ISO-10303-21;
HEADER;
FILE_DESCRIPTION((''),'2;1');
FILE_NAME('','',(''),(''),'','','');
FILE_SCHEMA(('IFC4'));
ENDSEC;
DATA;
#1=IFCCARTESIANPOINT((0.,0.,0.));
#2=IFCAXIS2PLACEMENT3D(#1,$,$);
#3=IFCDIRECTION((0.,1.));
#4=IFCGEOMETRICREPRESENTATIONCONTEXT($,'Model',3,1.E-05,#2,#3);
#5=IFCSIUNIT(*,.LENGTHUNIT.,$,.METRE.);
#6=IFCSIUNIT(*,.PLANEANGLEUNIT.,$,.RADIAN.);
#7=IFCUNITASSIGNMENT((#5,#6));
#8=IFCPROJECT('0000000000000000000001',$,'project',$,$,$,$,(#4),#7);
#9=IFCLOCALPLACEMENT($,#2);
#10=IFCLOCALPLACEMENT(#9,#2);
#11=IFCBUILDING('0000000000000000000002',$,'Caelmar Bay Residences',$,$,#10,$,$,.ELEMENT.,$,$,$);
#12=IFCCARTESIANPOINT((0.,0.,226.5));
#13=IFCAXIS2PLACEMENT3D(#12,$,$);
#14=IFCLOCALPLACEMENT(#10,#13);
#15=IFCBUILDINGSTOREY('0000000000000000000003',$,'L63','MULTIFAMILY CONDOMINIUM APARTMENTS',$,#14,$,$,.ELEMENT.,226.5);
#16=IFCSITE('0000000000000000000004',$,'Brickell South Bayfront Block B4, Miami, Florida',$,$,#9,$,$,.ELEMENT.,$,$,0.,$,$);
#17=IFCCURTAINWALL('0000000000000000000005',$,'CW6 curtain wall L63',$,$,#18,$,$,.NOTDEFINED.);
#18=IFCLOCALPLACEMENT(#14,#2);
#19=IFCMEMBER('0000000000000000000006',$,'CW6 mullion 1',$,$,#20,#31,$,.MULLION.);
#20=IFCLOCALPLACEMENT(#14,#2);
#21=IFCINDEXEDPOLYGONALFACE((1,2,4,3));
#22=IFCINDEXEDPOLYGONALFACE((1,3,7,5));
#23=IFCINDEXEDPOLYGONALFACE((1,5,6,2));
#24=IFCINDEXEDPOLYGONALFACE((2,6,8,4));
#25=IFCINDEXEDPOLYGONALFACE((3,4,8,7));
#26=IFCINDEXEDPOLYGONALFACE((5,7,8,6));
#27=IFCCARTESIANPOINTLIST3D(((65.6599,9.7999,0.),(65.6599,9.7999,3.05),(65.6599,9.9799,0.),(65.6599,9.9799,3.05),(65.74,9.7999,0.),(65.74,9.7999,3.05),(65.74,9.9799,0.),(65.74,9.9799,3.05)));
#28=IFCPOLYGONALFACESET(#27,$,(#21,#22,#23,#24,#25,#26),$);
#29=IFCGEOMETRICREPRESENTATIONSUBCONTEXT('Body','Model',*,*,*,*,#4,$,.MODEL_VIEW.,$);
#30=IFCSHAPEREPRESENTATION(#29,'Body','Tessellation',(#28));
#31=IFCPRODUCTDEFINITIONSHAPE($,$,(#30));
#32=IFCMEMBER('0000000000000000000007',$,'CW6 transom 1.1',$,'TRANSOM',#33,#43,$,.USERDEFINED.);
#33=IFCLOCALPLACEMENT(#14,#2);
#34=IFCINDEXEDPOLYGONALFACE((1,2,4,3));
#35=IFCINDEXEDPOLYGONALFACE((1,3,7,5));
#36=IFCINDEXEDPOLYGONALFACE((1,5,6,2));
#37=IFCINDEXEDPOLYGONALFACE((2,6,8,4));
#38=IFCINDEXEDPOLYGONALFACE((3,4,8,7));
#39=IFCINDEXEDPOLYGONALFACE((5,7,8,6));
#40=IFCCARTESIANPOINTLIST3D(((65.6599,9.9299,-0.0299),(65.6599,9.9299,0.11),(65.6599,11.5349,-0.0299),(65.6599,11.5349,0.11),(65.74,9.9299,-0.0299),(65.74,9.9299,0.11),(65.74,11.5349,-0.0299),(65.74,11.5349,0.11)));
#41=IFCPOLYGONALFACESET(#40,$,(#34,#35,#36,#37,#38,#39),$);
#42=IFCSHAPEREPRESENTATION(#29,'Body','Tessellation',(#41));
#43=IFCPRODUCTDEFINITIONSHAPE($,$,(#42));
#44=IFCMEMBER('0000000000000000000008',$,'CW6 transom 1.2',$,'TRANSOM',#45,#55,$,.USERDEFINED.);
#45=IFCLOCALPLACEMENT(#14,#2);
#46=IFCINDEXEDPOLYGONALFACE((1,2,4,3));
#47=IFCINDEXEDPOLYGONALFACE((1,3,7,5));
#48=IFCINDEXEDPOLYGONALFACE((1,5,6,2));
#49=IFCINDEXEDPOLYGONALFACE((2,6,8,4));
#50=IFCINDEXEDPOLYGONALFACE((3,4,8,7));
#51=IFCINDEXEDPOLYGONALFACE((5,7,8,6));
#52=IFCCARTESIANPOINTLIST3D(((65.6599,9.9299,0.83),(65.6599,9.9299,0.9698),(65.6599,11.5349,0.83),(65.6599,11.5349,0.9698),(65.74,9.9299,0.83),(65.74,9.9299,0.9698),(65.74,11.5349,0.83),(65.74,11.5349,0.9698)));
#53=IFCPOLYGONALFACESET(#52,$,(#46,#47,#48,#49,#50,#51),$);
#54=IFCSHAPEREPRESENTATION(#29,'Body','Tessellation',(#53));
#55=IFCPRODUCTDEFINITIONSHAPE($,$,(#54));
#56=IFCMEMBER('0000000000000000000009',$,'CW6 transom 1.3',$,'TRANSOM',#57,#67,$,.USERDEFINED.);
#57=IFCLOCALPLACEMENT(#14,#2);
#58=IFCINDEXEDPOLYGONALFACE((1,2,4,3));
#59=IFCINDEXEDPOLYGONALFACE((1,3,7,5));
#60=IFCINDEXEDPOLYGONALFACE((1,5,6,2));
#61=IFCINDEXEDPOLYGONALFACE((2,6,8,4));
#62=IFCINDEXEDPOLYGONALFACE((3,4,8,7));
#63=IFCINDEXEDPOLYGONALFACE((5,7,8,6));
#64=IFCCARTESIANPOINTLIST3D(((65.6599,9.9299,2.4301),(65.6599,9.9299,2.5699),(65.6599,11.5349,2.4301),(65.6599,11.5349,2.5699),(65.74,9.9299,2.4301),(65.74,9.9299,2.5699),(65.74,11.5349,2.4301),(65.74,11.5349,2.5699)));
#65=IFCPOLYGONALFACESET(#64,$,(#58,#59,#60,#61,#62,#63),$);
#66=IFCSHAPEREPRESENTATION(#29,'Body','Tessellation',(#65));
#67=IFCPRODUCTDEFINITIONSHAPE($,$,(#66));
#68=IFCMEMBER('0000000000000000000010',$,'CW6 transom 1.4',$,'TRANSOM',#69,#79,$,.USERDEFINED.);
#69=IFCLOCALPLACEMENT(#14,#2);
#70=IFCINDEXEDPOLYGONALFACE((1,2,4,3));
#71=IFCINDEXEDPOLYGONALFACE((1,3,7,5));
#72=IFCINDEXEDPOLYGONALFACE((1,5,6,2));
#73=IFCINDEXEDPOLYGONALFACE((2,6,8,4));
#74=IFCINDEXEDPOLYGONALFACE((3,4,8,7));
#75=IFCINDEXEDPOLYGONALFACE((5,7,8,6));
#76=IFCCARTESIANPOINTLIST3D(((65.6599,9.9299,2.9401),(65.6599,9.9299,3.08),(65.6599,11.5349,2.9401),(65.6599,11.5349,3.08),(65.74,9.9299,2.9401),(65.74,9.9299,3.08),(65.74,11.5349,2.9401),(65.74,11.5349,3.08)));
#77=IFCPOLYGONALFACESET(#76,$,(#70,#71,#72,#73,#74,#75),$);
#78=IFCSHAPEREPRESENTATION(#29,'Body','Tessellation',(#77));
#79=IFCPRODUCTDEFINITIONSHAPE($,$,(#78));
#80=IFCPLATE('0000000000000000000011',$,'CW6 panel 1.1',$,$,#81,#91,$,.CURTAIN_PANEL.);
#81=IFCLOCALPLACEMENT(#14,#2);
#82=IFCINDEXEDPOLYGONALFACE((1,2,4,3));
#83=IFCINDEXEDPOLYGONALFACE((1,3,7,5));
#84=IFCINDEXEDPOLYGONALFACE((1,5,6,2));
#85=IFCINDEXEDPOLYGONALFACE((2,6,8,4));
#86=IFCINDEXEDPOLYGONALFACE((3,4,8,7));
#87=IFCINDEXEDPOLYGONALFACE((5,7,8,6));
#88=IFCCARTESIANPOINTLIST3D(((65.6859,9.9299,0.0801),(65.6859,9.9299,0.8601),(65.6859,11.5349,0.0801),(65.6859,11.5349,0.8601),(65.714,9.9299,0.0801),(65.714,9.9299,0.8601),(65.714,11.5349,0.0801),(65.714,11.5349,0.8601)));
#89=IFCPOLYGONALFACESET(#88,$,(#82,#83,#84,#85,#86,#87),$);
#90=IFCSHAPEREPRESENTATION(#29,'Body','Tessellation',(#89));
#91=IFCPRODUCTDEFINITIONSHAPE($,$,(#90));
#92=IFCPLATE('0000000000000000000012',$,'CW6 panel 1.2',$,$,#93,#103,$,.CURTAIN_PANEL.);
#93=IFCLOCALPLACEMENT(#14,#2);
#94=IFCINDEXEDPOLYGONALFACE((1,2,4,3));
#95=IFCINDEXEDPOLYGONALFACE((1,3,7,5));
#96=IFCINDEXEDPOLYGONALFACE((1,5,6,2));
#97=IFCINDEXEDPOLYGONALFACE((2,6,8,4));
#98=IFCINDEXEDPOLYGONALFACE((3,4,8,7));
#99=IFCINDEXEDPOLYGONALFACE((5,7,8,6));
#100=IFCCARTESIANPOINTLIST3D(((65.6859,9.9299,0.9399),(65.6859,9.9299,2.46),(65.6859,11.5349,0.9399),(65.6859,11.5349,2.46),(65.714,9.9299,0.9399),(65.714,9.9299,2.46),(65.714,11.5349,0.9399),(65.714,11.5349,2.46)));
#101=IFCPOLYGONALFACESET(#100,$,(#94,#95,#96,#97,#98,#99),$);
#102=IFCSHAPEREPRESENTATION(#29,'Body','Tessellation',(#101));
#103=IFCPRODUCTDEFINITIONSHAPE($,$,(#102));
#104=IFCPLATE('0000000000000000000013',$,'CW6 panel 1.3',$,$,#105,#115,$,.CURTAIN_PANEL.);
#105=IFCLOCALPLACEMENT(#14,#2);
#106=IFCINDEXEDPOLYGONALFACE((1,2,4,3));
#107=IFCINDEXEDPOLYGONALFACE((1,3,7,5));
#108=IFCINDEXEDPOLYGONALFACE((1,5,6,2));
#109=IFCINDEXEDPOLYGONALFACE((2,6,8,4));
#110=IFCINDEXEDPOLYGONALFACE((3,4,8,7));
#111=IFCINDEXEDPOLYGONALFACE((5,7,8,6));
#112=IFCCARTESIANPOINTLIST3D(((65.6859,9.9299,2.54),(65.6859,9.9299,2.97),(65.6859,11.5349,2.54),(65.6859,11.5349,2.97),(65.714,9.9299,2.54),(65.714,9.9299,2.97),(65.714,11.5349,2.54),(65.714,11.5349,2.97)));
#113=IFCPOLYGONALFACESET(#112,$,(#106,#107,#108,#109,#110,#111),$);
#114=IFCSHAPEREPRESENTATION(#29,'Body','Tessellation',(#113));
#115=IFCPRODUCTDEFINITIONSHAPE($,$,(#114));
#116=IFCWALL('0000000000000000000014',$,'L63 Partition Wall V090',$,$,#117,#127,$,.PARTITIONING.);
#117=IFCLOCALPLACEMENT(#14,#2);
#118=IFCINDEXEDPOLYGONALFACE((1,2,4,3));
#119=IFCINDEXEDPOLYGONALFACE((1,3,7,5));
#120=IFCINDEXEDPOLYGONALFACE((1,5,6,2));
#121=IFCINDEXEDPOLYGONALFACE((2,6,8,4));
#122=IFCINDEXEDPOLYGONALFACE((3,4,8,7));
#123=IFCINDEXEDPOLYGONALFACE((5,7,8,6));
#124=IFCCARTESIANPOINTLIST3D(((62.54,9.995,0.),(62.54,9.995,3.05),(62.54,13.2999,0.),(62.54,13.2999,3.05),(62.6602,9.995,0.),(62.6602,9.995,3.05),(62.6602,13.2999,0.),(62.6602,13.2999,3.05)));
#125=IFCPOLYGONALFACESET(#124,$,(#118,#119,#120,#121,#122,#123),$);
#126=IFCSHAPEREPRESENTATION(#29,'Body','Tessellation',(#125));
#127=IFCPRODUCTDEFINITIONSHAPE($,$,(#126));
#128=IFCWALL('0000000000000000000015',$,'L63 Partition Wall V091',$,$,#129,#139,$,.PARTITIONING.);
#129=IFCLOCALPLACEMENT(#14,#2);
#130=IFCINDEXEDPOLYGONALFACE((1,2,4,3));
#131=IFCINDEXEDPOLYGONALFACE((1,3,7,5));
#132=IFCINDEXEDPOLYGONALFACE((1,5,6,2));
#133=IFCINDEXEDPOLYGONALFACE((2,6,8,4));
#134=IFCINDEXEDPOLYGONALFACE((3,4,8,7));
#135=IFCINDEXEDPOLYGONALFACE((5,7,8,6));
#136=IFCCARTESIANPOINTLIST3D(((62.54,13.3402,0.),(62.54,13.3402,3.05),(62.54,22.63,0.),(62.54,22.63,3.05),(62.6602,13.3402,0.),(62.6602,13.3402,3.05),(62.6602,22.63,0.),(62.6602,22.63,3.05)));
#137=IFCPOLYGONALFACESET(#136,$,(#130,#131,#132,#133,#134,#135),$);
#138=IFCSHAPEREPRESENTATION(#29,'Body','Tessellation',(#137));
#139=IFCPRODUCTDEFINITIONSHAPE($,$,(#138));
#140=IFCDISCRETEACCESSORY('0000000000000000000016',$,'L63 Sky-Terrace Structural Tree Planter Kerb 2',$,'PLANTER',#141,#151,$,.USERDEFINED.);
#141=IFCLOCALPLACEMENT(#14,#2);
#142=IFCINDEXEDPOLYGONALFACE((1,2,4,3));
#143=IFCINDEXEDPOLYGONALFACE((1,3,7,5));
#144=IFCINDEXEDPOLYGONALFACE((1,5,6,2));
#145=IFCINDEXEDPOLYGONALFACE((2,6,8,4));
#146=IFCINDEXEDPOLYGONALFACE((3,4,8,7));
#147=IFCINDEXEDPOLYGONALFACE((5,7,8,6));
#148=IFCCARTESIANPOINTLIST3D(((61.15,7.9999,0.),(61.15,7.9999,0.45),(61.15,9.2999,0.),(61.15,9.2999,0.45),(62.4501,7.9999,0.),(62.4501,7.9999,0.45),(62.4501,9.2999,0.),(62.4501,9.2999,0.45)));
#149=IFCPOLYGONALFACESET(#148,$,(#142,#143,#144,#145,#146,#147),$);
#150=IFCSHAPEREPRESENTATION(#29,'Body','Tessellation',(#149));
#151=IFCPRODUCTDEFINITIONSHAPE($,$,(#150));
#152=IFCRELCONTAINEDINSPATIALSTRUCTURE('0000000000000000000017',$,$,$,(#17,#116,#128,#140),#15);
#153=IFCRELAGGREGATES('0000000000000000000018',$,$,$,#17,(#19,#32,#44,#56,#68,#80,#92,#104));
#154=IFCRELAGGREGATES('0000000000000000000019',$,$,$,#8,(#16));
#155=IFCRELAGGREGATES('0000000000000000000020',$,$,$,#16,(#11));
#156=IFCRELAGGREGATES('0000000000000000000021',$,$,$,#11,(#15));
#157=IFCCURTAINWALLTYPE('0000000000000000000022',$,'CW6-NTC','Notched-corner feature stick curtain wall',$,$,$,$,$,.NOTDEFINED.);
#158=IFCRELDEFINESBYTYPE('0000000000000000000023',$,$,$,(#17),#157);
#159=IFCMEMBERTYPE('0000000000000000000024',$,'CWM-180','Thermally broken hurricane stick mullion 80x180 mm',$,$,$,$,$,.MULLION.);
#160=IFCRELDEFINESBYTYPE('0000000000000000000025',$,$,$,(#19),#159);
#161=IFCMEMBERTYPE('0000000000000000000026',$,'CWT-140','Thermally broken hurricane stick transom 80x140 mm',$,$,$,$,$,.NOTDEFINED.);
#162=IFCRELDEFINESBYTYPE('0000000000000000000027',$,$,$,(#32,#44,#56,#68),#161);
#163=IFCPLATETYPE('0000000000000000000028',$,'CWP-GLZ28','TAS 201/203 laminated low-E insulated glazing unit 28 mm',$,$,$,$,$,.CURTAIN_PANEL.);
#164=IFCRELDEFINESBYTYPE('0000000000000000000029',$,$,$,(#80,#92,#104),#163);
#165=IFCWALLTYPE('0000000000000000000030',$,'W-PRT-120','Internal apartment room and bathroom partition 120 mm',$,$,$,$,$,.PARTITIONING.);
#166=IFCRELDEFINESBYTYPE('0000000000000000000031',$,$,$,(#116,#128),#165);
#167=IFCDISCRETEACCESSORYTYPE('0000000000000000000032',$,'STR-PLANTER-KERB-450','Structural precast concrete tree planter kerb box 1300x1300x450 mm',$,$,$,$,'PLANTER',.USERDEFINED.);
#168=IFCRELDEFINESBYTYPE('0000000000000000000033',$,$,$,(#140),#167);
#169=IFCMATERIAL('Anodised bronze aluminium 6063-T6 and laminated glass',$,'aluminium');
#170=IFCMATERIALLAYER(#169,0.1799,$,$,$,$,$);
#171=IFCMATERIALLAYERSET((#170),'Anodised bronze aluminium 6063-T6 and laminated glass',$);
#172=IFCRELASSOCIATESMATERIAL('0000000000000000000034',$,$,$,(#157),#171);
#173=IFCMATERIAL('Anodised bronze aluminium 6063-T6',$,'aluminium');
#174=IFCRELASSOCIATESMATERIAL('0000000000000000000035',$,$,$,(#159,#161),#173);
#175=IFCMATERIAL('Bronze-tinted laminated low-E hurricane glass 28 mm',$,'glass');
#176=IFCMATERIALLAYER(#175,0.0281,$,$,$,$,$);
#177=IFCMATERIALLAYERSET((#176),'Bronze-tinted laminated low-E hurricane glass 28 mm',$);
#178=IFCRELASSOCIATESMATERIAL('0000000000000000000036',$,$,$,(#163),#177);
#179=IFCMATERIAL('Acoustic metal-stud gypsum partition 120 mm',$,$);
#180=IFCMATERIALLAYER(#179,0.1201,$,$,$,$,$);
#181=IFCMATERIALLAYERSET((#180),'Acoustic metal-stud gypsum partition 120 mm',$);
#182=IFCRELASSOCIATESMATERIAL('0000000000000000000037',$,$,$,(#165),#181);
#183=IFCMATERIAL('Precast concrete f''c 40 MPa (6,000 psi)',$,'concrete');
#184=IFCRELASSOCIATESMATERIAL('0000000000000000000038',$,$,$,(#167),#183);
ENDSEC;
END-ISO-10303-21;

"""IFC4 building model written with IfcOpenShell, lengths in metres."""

from ifc_helpers import new_model, si_unit, direction, frame, frame_2d, origin, origin_2d, place, context, subcontext, project, spatial, rectangle, extrude, material, layer, layer_set, material_profile, profile_set, type_object, element, aggregate, save


model = new_model("IFC4")

# Units and contexts
model_context = context("Model", 3, precision=1e-05, world=origin(), true_north=direction((0.0, 1.0)))
body_context = subcontext(model_context, "Body", "Model", "MODEL_VIEW")
ifc_project = project(units=[si_unit("LENGTHUNIT", "METRE"), si_unit("PLANEANGLEUNIT", "RADIAN")], contexts=[model_context])

# Site, building, storey
site_placement = place(None, origin())
site = spatial("IfcSite", under=ifc_project, at=site_placement, Name="Brickell South Bayfront Block B4, Miami, Florida", CompositionType="ELEMENT", RefElevation=0.0)
building_placement = place(site_placement, origin())
building = spatial("IfcBuilding", under=site, at=building_placement, Name="Caelmar Bay Residences", CompositionType="ELEMENT")
storey_placement = place(building_placement, frame((0.0, 0.0, 226.5)))
storey = spatial("IfcBuildingStorey", under=building, at=storey_placement, Name="L63", Description="MULTIFAMILY CONDOMINIUM APARTMENTS", CompositionType="ELEMENT", Elevation=226.5)

# Curtain wall, members, plates
ifc_material_1 = material(Name="Anodised bronze aluminium 6063-T6 and laminated glass", Category="aluminium")
ifc_layer_1 = layer(ifc_material_1, 0.1799)
ifc_layer_set_1 = layer_set([ifc_layer_1], Name="Anodised bronze aluminium 6063-T6 and laminated glass")
curtain_wall_type = type_object("IfcCurtainWallType", Name="CW6-NTC", Description="Notched-corner feature stick curtain wall", PredefinedType="NOTDEFINED", material=ifc_layer_set_1)
curtain_wall_placement = place(storey_placement, origin())
curtain_wall = element("IfcCurtainWall", 1, at=curtain_wall_placement, inside=storey, type_object=curtain_wall_type, Name="CW6 curtain wall L63", PredefinedType="NOTDEFINED")
ifc_material_2 = material(Name="Anodised bronze aluminium 6063-T6", Category="aluminium")
ifc_material_profile_1 = material_profile(ifc_material_2, rectangle(XDim=0.0801, YDim=0.1799, at=origin_2d()), Name="CWM-80X180")
ifc_profile_set_1 = profile_set([ifc_material_profile_1], Name="Anodised bronze aluminium 6063-T6")
member_type_1 = type_object("IfcMemberType", Name="CWM-180", Description="Thermally broken hurricane stick mullion 80x180 mm", PredefinedType="MULLION", material=ifc_profile_set_1)
member_1_placement = place(storey_placement, frame((65.7, 9.8899, 0.0), z_axis=(0.0, 0.0, 1.0), x_axis=(-1.0, 0.0, 0.0)))
member_1 = element("IfcMember", 2, at=member_1_placement, type_object=member_type_1, Name="CW6 mullion 1", PredefinedType="MULLION", context=body_context, shape_type="SweptSolid", body=[
    extrude(rectangle(XDim=0.0801, YDim=0.1799, at=origin_2d()), origin(), (0.0, 0.0, 1.0), 3.05),
])
ifc_material_profile_2 = material_profile(ifc_material_2, rectangle(XDim=0.0801, YDim=0.1399, at=origin_2d()), Name="CWT-80X140")
ifc_profile_set_2 = profile_set([ifc_material_profile_2], Name="Anodised bronze aluminium 6063-T6")
member_type_2 = type_object("IfcMemberType", Name="CWT-140", Description="Thermally broken hurricane stick transom 80x140 mm", PredefinedType="NOTDEFINED", material=ifc_profile_set_2)
member_2_placement = place(storey_placement, frame((65.7, 9.9299, 0.04), z_axis=(0.0, 1.0, 0.0), x_axis=(-1.0, 0.0, 0.0)))
member_2 = element("IfcMember", 3, at=member_2_placement, type_object=member_type_2, Name="CW6 transom 1.1", ObjectType="TRANSOM", PredefinedType="USERDEFINED", context=body_context, shape_type="SweptSolid", body=[
    extrude(rectangle(XDim=0.0801, YDim=0.1399, at=origin_2d()), origin(), (0.0, 0.0, 1.0), 1.605),
])
member_3_placement = place(storey_placement, frame((65.7, 9.9299, 0.8999), z_axis=(0.0, 1.0, 0.0), x_axis=(-1.0, 0.0, 0.0)))
member_3 = element("IfcMember", 4, at=member_3_placement, type_object=member_type_2, Name="CW6 transom 1.2", ObjectType="TRANSOM", PredefinedType="USERDEFINED", context=body_context, shape_type="SweptSolid", body=[
    extrude(rectangle(XDim=0.0801, YDim=0.1399, at=origin_2d()), origin(), (0.0, 0.0, 1.0), 1.605),
])
member_4_placement = place(storey_placement, frame((65.7, 9.9299, 2.5), z_axis=(0.0, 1.0, 0.0), x_axis=(-1.0, 0.0, 0.0)))
member_4 = element("IfcMember", 5, at=member_4_placement, type_object=member_type_2, Name="CW6 transom 1.3", ObjectType="TRANSOM", PredefinedType="USERDEFINED", context=body_context, shape_type="SweptSolid", body=[
    extrude(rectangle(XDim=0.0801, YDim=0.1399, at=origin_2d()), origin(), (0.0, 0.0, 1.0), 1.605),
])
member_5_placement = place(storey_placement, frame((65.7, 9.9299, 3.01), z_axis=(0.0, 1.0, 0.0), x_axis=(-1.0, 0.0, 0.0)))
member_5 = element("IfcMember", 6, at=member_5_placement, type_object=member_type_2, Name="CW6 transom 1.4", ObjectType="TRANSOM", PredefinedType="USERDEFINED", context=body_context, shape_type="SweptSolid", body=[
    extrude(rectangle(XDim=0.0801, YDim=0.1399, at=origin_2d()), origin(), (0.0, 0.0, 1.0), 1.605),
])
ifc_material_3 = material(Name="Bronze-tinted laminated low-E hurricane glass 28 mm", Category="glass")
ifc_layer_2 = layer(ifc_material_3, 0.0281)
ifc_layer_set_2 = layer_set([ifc_layer_2], Name="Bronze-tinted laminated low-E hurricane glass 28 mm")
plate_type = type_object("IfcPlateType", Name="CWP-GLZ28", Description="TAS 201/203 laminated low-E insulated glazing unit 28 mm", PredefinedType="CURTAIN_PANEL", material=ifc_layer_set_2)
plate_1_placement = place(storey_placement, frame((65.7, 10.7324, 0.0801), z_axis=(0.0, 0.0, 1.0), x_axis=(0.0, 1.0, 0.0)))
plate_1 = element("IfcPlate", 7, at=plate_1_placement, type_object=plate_type, Name="CW6 panel 1.1", PredefinedType="CURTAIN_PANEL", context=body_context, shape_type="SweptSolid", body=[
    extrude(rectangle(XDim=1.605, YDim=0.0281, at=origin_2d()), origin(), (0.0, 0.0, 1.0), 0.78),
])
plate_2_placement = place(storey_placement, frame((65.7, 10.7324, 0.9399), z_axis=(0.0, 0.0, 1.0), x_axis=(0.0, 1.0, 0.0)))
plate_2 = element("IfcPlate", 8, at=plate_2_placement, type_object=plate_type, Name="CW6 panel 1.2", PredefinedType="CURTAIN_PANEL", context=body_context, shape_type="SweptSolid", body=[
    extrude(rectangle(XDim=1.605, YDim=0.0281, at=origin_2d()), origin(), (0.0, 0.0, 1.0), 1.52),
])
plate_3_placement = place(storey_placement, frame((65.7, 10.7324, 2.54), z_axis=(0.0, 0.0, 1.0), x_axis=(0.0, 1.0, 0.0)))
plate_3 = element("IfcPlate", 9, at=plate_3_placement, type_object=plate_type, Name="CW6 panel 1.3", PredefinedType="CURTAIN_PANEL", context=body_context, shape_type="SweptSolid", body=[
    extrude(rectangle(XDim=1.605, YDim=0.0281, at=origin_2d()), origin(), (0.0, 0.0, 1.0), 0.4299),
])
aggregate(curtain_wall, [member_1, member_2, member_3, member_4, member_5, plate_1, plate_2, plate_3])

# Shared definitions
ifc_material_4 = material(Name="Precast concrete f'c 40 MPa (6,000 psi)", Category="concrete")

# Walls
ifc_material_5 = material(Name="Acoustic metal-stud gypsum partition 120 mm")
ifc_layer_3 = layer(ifc_material_5, 0.1201)
ifc_layer_set_3 = layer_set([ifc_layer_3], Name="Acoustic metal-stud gypsum partition 120 mm")
wall_type_1 = type_object("IfcWallType", Name="W-PRT-120", Description="Internal apartment room and bathroom partition 120 mm", PredefinedType="PARTITIONING", material=ifc_layer_set_3)
wall_1_placement = place(storey_placement, frame((62.6001, 9.9951, 0.0), z_axis=(0.0, 0.0, 1.0), x_axis=(0.0, 1.0, 0.0)))
element("IfcWall", 10, at=wall_1_placement, inside=storey, type_object=wall_type_1, Name="L63 Partition Wall V090", PredefinedType="PARTITIONING", context=body_context, shape_type="SweptSolid", body=[
    extrude(rectangle(XDim=3.3049, YDim=0.1201, at=frame_2d((1.6523, 0.0))), origin(), (0.0, 0.0, 1.0), 3.05),
])
wall_2_placement = place(storey_placement, frame((62.6001, 13.3401, 0.0), z_axis=(0.0, 0.0, 1.0), x_axis=(0.0, 1.0, 0.0)))
element("IfcWall", 11, at=wall_2_placement, inside=storey, type_object=wall_type_1, Name="L63 Partition Wall V091", PredefinedType="PARTITIONING", context=body_context, shape_type="SweptSolid", body=[
    extrude(rectangle(XDim=9.2898, YDim=0.1201, at=frame_2d((4.645, 0.0))), origin(), (0.0, 0.0, 1.0), 3.05),
])

# Discrete accessory
discrete_accessory_type = type_object("IfcDiscreteAccessoryType", Name="STR-PLANTER-KERB-450", Description="Structural precast concrete tree planter kerb box 1300x1300x450 mm", ElementType="PLANTER", PredefinedType="USERDEFINED", material=ifc_material_4)
discrete_accessory_placement = place(storey_placement, frame((61.8, 8.6499, 0.0), z_axis=(0.0, 0.0, 1.0), x_axis=(1.0, 0.0, 0.0)))
element("IfcDiscreteAccessory", 12, at=discrete_accessory_placement, inside=storey, type_object=discrete_accessory_type, Name="L63 Sky-Terrace Structural Tree Planter Kerb 2", ObjectType="PLANTER", PredefinedType="USERDEFINED", context=body_context, shape_type="SweptSolid", body=[
    extrude(rectangle(XDim=1.3, YDim=1.3, at=origin_2d()), origin(), (0.0, 0.0, 1.0), 0.45),
])

save(model, "model.ifc")
